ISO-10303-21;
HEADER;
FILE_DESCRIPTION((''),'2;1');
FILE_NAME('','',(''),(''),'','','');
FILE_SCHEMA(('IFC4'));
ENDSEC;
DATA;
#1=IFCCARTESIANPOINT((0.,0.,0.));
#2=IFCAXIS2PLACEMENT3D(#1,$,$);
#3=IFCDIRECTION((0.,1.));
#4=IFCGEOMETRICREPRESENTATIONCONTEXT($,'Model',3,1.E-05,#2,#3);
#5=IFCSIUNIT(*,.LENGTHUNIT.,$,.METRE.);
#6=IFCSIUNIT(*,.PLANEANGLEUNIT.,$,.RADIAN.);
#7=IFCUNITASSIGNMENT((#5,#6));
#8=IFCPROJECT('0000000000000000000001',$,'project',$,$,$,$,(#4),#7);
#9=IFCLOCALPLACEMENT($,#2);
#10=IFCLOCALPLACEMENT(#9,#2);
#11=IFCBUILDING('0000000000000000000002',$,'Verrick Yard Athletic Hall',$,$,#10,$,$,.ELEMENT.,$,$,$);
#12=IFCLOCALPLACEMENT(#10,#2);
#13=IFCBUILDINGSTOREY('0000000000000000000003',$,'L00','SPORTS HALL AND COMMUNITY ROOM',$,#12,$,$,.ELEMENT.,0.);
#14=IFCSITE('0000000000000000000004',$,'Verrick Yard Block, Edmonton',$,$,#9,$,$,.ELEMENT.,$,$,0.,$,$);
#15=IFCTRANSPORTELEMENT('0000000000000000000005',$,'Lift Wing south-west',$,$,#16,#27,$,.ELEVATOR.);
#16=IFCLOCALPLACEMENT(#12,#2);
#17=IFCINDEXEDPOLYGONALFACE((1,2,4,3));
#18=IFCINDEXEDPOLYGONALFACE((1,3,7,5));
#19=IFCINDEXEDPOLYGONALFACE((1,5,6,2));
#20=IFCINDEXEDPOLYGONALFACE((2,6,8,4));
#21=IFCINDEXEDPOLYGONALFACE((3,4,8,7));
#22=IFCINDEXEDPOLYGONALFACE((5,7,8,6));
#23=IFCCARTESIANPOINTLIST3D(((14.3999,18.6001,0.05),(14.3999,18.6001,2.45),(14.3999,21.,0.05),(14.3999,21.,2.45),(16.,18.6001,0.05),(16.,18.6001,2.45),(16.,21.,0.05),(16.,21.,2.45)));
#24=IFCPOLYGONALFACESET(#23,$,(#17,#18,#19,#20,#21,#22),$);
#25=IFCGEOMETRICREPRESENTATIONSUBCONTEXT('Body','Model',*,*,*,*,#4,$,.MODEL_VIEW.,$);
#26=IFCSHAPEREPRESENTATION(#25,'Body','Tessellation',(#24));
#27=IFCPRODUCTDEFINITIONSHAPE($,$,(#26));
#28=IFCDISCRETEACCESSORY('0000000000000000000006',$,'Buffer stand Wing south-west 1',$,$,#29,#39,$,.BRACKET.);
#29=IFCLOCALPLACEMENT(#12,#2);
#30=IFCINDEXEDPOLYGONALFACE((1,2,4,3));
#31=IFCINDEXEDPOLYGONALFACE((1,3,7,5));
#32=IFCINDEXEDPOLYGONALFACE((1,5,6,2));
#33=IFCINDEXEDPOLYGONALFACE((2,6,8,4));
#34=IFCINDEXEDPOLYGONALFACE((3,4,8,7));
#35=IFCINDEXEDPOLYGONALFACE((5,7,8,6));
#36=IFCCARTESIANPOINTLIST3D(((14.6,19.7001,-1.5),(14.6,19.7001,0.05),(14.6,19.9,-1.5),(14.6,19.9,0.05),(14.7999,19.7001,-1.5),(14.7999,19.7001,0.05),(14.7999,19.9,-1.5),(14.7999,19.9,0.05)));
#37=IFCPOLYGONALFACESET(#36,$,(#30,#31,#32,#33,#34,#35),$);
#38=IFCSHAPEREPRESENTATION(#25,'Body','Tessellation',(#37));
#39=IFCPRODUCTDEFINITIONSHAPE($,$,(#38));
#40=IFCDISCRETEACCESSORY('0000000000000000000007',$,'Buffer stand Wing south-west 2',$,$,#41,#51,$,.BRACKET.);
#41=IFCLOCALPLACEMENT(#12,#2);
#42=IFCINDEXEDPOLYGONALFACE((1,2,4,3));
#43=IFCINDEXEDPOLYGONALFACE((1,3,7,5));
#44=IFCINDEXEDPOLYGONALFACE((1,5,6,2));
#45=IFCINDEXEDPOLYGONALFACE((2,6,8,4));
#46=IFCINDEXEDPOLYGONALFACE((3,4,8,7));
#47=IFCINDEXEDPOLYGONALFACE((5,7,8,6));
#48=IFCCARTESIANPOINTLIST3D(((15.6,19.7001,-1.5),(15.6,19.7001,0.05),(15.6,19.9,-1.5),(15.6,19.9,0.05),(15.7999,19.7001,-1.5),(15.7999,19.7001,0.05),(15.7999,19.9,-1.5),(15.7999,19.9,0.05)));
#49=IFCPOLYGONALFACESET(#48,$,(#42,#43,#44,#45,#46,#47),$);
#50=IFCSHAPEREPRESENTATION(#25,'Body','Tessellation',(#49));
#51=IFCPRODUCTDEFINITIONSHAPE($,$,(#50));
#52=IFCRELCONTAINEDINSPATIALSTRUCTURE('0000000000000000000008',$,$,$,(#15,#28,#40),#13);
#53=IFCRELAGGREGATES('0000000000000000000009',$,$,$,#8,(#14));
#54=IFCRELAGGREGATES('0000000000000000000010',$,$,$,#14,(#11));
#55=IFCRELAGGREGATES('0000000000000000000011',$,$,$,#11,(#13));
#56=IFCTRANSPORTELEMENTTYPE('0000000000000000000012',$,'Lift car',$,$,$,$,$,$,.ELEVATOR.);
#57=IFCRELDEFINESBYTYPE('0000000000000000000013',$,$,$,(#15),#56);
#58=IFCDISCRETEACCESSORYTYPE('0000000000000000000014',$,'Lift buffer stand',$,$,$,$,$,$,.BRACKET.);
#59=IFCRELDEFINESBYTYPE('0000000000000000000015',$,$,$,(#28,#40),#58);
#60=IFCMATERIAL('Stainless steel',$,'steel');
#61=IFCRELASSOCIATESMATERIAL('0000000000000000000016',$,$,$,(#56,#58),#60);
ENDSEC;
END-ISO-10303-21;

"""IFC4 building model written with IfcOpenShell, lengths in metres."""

from ifc_helpers import new_model, si_unit, direction, frame, origin, origin_2d, place, context, subcontext, project, spatial, rectangle, extrude, material, type_object, element, save


model = new_model("IFC4")

# Units and contexts
model_context = context("Model", 3, precision=1e-05, world=origin(), true_north=direction((0.0, 1.0)))
body_context = subcontext(model_context, "Body", "Model", "MODEL_VIEW")
ifc_project = project(units=[si_unit("LENGTHUNIT", "METRE"), si_unit("PLANEANGLEUNIT", "RADIAN")], contexts=[model_context])

# Site, building, storey
site_placement = place(None, origin())
site = spatial("IfcSite", under=ifc_project, at=site_placement, Name="Verrick Yard Block, Edmonton", CompositionType="ELEMENT", RefElevation=0.0)
building_placement = place(site_placement, origin())
building = spatial("IfcBuilding", under=site, at=building_placement, Name="Verrick Yard Athletic Hall", CompositionType="ELEMENT")
storey_placement = place(building_placement, origin())
storey = spatial("IfcBuildingStorey", under=building, at=storey_placement, Name="L00", Description="SPORTS HALL AND COMMUNITY ROOM", CompositionType="ELEMENT", Elevation=0.0)

# Transport element
ifc_material_1 = material(Name="Stainless steel", Category="steel")
transport_element_type = type_object("IfcTransportElementType", Name="Lift car", PredefinedType="ELEVATOR", material=ifc_material_1)
transport_element_placement = place(storey_placement, frame((15.2, 19.8, 0.05), z_axis=(0.0, 0.0, 1.0), x_axis=(1.0, 0.0, 0.0)))
element("IfcTransportElement", 1, at=transport_element_placement, inside=storey, type_object=transport_element_type, Name="Lift Wing south-west", PredefinedType="ELEVATOR", context=body_context, shape_type="SweptSolid", body=[
    extrude(rectangle(XDim=1.6001, YDim=2.3999, at=origin_2d()), origin(), (0.0, 0.0, 1.0), 2.3999),
])

# Discrete accessories
discrete_accessory_type = type_object("IfcDiscreteAccessoryType", Name="Lift buffer stand", PredefinedType="BRACKET", material=ifc_material_1)
for number, where, z_axis, x_axis, name in (
    (2, (14.7, 19.8, -1.5), (0.0, 0.0, 1.0), (1.0, 0.0, 0.0), "Buffer stand Wing south-west 1"),
    (3, (15.7, 19.8, -1.5), (0.0, 0.0, 1.0), (1.0, 0.0, 0.0), "Buffer stand Wing south-west 2"),
):
    element("IfcDiscreteAccessory", number, at=place(storey_placement, frame(where, z_axis=z_axis, x_axis=x_axis)), inside=storey, type_object=discrete_accessory_type, Name=name, PredefinedType="BRACKET", context=body_context, shape_type="SweptSolid", body=[
        extrude(rectangle(XDim=0.2, YDim=0.2, at=origin_2d()), origin(), (0.0, 0.0, 1.0), 1.55),
    ])

save(model, "model.ifc")
